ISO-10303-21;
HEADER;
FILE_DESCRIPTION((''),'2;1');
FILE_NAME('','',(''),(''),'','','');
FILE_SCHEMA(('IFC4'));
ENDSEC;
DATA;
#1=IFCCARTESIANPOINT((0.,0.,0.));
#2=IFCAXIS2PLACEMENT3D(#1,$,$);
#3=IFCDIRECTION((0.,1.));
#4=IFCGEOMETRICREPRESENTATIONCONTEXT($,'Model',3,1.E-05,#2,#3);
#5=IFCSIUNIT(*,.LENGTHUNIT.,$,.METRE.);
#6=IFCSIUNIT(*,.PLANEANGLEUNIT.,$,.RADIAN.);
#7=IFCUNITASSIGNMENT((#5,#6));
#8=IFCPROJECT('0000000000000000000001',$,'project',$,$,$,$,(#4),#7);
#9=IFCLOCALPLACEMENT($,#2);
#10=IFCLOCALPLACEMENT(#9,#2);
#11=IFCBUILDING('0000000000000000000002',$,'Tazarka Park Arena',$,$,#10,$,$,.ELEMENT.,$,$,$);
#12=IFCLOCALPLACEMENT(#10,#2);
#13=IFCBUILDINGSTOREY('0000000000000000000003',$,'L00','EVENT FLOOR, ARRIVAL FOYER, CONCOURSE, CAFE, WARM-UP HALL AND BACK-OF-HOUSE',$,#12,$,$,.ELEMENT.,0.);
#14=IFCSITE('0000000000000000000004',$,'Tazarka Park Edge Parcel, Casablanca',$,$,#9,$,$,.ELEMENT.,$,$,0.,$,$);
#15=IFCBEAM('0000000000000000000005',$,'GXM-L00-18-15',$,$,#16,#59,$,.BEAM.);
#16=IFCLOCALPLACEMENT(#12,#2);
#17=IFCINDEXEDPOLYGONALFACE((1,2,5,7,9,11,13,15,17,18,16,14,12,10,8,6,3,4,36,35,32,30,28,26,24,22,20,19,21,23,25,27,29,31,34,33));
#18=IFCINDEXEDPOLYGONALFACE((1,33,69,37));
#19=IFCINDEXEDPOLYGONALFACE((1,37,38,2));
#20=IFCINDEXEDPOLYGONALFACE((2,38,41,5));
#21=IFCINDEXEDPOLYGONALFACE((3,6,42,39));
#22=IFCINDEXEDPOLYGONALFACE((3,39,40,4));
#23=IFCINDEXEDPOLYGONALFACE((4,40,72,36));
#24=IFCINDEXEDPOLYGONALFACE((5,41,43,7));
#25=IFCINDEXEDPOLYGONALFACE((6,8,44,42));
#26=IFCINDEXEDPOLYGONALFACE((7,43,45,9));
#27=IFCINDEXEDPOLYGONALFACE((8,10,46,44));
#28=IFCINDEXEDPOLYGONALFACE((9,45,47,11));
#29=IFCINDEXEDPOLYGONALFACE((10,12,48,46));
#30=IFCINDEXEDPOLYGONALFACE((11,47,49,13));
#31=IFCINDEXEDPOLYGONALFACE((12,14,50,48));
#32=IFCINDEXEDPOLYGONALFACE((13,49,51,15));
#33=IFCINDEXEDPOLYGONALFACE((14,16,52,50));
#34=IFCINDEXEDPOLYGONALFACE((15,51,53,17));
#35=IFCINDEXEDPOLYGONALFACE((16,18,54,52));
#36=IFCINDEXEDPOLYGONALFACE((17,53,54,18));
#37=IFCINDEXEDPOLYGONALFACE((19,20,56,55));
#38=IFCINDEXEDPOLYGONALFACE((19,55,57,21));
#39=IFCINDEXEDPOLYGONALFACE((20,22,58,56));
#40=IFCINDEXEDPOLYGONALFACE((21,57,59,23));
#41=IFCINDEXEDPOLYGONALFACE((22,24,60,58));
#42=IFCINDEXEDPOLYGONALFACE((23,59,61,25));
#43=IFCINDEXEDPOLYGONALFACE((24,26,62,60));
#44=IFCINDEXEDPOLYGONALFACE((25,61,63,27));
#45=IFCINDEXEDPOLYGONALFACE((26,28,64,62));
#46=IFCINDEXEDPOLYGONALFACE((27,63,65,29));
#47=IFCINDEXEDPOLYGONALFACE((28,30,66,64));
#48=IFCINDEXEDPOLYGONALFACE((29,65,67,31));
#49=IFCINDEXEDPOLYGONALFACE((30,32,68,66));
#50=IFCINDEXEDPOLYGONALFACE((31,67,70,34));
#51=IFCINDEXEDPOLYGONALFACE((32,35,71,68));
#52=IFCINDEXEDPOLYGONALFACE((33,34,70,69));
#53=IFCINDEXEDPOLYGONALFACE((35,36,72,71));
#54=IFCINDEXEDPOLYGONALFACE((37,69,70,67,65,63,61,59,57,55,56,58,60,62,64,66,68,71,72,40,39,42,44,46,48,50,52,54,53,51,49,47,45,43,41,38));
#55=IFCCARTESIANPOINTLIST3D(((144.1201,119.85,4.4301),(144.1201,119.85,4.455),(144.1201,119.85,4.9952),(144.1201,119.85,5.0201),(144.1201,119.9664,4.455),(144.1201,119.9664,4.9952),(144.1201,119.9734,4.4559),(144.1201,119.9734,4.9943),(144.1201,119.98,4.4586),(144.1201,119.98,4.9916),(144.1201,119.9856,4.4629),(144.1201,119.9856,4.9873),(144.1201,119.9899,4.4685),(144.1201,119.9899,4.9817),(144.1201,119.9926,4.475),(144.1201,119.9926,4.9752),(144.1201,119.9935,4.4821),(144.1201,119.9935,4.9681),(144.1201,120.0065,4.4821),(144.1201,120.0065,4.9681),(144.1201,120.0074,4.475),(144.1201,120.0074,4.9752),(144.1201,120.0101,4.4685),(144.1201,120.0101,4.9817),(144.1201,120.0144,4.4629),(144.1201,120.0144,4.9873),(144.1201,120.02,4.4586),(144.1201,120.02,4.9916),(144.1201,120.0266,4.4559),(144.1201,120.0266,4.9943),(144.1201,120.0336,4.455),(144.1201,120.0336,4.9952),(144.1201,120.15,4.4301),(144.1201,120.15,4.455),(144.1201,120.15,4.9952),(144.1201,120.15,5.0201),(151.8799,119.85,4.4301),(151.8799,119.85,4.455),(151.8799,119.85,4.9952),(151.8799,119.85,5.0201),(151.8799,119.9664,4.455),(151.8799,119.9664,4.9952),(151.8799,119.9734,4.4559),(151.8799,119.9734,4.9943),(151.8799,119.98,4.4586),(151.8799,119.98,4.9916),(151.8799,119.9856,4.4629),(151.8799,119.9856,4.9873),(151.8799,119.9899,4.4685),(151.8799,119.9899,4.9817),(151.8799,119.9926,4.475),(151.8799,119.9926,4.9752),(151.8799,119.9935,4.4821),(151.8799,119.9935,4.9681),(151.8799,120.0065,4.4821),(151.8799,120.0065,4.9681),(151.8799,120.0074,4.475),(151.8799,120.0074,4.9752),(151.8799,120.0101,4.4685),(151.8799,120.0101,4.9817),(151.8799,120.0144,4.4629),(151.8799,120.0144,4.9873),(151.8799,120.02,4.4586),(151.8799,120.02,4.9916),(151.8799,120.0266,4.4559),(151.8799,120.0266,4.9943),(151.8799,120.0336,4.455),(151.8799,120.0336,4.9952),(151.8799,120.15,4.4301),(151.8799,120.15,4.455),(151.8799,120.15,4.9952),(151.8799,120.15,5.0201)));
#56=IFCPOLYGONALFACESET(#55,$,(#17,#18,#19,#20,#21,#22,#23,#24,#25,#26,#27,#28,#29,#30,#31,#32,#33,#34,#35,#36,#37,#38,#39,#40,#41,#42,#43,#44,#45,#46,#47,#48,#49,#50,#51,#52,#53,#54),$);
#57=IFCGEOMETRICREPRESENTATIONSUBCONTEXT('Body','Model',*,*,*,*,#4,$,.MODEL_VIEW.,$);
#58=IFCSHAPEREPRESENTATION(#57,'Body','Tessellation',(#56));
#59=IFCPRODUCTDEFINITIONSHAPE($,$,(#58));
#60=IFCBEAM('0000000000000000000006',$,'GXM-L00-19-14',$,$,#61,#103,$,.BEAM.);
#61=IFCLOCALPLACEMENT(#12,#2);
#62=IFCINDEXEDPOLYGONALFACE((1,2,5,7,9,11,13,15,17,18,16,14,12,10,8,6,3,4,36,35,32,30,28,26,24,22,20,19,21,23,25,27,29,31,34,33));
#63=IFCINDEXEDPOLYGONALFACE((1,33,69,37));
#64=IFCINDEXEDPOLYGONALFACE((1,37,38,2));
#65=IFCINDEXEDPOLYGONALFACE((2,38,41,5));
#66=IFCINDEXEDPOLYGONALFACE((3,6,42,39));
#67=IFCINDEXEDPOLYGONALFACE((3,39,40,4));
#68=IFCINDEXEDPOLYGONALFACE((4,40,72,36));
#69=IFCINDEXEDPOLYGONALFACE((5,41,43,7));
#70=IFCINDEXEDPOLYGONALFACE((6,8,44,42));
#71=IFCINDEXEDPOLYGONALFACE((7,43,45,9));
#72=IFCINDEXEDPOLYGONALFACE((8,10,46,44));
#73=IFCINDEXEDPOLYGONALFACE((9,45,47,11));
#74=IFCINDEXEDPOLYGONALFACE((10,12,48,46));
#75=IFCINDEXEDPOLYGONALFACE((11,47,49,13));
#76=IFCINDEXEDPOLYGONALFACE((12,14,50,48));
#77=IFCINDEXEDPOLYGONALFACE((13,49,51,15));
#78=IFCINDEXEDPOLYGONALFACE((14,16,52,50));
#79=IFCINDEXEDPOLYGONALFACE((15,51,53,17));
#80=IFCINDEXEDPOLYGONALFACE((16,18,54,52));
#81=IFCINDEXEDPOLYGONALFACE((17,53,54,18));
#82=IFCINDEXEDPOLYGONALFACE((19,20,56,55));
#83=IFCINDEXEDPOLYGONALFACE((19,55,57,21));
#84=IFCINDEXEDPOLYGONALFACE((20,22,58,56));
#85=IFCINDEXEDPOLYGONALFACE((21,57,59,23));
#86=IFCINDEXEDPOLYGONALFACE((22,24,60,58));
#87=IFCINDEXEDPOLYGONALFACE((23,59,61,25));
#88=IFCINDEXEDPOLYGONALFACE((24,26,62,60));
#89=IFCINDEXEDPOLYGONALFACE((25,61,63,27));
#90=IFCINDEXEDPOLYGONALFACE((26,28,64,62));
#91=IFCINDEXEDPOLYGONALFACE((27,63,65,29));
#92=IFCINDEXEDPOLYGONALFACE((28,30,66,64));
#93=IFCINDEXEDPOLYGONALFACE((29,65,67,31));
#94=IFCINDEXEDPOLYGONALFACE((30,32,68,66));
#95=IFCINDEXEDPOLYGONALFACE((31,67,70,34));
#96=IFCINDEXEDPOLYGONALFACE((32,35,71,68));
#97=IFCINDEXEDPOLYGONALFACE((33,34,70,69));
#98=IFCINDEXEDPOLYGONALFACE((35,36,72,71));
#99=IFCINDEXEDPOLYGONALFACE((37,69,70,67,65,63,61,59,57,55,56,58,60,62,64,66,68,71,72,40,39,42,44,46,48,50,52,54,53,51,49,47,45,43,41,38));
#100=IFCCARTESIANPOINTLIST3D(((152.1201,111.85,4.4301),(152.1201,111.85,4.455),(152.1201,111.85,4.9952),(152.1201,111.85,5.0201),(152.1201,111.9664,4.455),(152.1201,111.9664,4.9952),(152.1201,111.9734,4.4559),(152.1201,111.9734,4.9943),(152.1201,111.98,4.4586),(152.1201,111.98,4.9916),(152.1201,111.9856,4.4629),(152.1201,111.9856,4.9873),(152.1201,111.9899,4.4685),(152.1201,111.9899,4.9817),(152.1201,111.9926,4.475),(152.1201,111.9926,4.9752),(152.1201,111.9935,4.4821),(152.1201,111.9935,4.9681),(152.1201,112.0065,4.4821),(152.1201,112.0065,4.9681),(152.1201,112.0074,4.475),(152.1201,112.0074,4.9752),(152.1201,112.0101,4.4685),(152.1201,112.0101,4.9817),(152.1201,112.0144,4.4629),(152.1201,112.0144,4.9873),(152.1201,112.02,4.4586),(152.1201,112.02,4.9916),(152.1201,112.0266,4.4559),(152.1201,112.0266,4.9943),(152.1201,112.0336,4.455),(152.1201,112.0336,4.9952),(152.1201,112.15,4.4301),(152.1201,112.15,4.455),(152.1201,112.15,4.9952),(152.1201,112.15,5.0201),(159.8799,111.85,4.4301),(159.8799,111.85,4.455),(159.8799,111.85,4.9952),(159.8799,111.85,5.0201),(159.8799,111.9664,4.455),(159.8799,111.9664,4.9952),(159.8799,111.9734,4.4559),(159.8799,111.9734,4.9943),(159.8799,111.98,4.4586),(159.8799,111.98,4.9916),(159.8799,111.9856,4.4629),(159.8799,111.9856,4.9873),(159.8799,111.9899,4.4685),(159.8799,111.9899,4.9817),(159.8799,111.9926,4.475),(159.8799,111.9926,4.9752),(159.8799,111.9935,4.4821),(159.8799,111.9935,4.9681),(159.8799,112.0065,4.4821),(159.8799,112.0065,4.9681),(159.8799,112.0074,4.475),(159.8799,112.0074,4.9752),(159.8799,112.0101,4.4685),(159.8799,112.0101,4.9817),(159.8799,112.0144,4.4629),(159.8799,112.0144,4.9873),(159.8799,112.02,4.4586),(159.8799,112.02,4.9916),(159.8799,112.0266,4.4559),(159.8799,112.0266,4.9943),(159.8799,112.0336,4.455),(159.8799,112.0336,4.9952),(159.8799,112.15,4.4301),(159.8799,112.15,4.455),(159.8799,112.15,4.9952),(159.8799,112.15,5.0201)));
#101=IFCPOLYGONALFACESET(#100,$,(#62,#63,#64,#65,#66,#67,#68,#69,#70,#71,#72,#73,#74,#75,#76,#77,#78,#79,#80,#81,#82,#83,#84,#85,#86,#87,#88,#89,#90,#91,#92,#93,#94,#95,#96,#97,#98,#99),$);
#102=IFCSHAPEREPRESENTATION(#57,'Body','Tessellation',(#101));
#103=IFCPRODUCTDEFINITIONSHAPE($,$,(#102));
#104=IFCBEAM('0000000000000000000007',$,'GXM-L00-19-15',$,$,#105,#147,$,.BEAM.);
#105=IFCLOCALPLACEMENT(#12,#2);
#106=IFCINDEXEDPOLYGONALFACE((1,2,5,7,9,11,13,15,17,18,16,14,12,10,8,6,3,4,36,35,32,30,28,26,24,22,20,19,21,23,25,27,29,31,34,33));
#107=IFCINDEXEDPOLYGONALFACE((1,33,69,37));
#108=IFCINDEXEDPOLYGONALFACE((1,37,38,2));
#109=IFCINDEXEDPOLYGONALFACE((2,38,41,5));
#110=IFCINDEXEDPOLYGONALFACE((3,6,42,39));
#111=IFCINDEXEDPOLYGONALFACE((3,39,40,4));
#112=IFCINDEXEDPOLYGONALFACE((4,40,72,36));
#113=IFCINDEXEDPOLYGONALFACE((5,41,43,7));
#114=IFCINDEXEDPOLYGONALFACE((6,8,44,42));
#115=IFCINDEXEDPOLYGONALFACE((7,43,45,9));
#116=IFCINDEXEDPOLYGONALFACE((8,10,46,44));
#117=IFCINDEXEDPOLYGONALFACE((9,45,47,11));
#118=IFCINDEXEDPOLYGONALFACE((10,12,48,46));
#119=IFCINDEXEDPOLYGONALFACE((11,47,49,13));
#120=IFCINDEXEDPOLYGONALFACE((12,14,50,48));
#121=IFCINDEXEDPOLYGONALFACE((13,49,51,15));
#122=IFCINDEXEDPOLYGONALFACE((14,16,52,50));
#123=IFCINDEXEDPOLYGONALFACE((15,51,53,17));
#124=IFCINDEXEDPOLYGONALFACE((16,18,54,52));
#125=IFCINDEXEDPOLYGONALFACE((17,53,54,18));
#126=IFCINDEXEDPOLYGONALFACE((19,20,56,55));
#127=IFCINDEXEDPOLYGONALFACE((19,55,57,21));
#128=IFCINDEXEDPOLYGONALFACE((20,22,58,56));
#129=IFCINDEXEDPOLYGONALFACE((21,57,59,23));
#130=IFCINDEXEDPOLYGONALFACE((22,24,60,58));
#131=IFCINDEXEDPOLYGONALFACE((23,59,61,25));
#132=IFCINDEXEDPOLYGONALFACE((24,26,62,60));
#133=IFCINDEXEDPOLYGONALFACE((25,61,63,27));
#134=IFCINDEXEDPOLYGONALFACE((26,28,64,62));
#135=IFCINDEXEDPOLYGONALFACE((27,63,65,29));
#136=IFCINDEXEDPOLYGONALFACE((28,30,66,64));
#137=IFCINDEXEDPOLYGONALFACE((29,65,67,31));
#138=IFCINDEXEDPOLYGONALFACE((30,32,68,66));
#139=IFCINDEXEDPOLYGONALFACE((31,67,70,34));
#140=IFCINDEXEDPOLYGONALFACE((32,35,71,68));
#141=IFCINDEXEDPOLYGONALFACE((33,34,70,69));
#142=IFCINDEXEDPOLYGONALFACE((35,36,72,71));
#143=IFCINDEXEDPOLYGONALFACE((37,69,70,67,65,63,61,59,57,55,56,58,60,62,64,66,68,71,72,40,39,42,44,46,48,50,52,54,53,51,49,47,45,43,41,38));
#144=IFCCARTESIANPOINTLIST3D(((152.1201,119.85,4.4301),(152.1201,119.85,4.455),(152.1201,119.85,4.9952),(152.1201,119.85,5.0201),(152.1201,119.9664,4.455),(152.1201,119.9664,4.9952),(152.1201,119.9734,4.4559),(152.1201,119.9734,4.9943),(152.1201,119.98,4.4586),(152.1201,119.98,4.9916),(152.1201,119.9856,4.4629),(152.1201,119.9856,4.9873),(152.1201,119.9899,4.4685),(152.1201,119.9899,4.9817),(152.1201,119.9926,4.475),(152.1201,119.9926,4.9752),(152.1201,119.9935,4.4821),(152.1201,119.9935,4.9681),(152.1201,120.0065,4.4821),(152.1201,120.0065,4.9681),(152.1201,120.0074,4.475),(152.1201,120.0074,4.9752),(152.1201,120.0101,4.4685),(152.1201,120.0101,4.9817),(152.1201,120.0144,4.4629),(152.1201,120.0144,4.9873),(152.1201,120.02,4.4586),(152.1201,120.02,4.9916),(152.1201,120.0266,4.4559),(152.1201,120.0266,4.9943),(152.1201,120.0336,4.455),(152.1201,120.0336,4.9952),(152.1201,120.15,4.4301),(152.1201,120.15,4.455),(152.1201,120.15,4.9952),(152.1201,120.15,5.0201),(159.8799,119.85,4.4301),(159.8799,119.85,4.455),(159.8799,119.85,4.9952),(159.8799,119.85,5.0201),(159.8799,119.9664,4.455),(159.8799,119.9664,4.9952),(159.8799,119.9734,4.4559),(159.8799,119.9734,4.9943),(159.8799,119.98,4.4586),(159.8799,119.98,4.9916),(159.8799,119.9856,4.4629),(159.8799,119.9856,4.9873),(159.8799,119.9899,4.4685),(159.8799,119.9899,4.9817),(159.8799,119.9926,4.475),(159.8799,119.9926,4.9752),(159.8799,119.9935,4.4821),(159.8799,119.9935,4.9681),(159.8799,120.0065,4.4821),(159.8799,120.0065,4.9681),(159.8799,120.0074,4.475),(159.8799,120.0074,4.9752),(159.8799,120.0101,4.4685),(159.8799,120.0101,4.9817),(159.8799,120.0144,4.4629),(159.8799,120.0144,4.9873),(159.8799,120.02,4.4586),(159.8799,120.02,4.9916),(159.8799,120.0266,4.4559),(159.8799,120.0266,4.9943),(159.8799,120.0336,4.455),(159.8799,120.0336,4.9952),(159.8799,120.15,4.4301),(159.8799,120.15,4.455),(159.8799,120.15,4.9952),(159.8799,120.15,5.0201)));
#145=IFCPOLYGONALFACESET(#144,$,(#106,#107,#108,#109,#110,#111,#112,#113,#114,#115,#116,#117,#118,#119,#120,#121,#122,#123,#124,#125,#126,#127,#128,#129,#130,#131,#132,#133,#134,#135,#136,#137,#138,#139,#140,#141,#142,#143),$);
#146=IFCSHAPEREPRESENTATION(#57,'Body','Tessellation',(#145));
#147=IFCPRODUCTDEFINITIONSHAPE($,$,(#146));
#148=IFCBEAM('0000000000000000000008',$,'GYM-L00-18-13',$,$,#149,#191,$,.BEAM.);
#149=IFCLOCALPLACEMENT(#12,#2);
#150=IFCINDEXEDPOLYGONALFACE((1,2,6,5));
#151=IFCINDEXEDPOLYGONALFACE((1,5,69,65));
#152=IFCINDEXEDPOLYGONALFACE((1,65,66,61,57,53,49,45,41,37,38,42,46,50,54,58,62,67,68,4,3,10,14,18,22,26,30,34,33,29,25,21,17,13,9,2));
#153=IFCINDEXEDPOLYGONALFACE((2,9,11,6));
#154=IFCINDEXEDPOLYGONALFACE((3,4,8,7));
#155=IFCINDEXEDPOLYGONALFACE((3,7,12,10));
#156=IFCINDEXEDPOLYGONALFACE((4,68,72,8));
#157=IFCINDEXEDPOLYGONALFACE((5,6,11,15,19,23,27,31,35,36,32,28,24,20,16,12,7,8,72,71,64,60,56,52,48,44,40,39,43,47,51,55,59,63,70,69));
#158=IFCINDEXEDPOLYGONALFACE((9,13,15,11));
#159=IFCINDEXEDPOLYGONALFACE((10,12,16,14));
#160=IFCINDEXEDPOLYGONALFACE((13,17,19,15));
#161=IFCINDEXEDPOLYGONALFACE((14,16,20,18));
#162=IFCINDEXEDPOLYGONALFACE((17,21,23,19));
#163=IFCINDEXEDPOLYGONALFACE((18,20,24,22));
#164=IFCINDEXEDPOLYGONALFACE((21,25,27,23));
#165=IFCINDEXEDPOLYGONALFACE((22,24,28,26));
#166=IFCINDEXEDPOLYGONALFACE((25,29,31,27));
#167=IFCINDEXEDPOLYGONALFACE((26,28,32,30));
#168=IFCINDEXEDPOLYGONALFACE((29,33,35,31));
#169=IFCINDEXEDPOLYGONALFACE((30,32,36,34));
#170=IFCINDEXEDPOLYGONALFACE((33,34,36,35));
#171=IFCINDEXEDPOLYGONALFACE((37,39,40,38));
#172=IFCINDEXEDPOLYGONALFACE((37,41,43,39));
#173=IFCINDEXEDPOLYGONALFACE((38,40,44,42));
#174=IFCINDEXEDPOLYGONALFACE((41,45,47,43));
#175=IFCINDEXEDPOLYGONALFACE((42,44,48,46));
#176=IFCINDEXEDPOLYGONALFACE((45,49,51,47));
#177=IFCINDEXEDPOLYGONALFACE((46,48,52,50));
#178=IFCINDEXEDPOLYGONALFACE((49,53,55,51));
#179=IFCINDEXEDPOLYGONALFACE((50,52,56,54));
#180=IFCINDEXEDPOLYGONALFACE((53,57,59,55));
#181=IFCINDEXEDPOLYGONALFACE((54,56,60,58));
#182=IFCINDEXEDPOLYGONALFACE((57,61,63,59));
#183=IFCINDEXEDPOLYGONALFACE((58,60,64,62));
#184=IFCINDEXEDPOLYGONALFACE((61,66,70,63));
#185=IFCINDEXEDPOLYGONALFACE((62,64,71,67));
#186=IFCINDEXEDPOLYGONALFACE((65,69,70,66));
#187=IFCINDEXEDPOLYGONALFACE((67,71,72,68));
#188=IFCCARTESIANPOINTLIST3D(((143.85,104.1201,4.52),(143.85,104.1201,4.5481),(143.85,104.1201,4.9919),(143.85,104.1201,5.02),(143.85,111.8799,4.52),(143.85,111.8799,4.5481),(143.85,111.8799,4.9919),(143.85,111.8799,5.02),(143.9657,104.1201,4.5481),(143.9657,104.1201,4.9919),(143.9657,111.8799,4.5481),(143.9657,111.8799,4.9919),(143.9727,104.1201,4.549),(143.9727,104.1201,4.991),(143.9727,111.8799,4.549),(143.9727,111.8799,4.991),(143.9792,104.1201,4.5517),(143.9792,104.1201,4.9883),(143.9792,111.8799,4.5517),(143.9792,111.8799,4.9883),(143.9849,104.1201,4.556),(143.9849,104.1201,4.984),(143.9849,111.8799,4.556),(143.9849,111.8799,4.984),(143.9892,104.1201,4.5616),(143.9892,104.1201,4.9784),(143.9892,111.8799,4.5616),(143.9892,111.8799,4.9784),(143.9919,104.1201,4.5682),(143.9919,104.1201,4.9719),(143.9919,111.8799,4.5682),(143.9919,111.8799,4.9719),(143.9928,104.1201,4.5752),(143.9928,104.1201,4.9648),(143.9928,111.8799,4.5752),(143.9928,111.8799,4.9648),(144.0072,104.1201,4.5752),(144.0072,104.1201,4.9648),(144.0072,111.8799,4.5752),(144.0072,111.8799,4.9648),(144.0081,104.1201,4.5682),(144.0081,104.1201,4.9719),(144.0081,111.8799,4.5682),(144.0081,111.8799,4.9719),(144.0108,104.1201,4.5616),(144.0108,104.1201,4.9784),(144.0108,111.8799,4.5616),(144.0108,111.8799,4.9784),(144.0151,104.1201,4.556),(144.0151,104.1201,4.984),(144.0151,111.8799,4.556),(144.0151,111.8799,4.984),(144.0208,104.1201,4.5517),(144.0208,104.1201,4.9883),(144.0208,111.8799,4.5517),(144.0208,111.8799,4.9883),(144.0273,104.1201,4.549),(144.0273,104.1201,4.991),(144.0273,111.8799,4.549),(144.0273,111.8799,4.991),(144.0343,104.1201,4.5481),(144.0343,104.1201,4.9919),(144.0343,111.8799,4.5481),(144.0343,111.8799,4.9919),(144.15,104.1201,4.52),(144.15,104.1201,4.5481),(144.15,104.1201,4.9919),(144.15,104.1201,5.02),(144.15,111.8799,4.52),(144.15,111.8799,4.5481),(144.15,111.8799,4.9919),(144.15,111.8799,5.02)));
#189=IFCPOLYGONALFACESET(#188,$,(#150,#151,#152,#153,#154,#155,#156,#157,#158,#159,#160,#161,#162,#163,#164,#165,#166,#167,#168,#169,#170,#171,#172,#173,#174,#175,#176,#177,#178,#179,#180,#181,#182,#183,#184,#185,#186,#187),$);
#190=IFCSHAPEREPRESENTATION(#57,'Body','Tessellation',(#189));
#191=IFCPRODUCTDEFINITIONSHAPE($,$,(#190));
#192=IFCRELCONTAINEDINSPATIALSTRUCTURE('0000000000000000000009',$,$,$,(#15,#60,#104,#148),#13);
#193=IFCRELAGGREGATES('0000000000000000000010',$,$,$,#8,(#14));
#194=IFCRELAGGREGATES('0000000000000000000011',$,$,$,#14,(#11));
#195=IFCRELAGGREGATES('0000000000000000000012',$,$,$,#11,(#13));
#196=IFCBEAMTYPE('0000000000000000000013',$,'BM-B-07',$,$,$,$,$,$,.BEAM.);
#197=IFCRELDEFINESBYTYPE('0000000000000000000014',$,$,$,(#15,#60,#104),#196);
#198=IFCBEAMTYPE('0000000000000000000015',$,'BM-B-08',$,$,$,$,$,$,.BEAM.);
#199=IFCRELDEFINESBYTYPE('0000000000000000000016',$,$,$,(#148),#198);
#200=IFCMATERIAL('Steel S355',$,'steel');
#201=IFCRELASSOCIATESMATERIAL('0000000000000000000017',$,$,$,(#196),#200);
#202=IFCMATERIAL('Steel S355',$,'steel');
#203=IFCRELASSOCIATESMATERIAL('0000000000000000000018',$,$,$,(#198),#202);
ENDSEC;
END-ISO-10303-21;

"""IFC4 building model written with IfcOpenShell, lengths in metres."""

from ifc_helpers import new_model, si_unit, direction, frame, origin, origin_2d, place, context, subcontext, project, spatial, i_section, extrude, material, material_profile, profile_set, type_object, element, save


model = new_model("IFC4")

# Units and contexts
model_context = context("Model", 3, precision=1e-05, world=origin(), true_north=direction((0.0, 1.0)))
body_context = subcontext(model_context, "Body", "Model", "MODEL_VIEW")
ifc_project = project(units=[si_unit("LENGTHUNIT", "METRE"), si_unit("PLANEANGLEUNIT", "RADIAN")], contexts=[model_context])

# Site, building, storey
site_placement = place(None, origin())
site = spatial("IfcSite", under=ifc_project, at=site_placement, Name="Tazarka Park Edge Parcel, Casablanca", CompositionType="ELEMENT", RefElevation=0.0)
building_placement = place(site_placement, origin())
building = spatial("IfcBuilding", under=site, at=building_placement, Name="Tazarka Park Arena", CompositionType="ELEMENT")
storey_placement = place(building_placement, origin())
storey = spatial("IfcBuildingStorey", under=building, at=storey_placement, Name="L00", Description="EVENT FLOOR, ARRIVAL FOYER, CONCOURSE, CAFE, WARM-UP HALL AND BACK-OF-HOUSE", CompositionType="ELEMENT", Elevation=0.0)

# Beams
ifc_material_1 = material(Name="Steel S355", Category="steel")
ifc_material_profile_1 = material_profile(ifc_material_1, i_section(OverallWidth=0.3, OverallDepth=0.5901, WebThickness=0.0129, FlangeThickness=0.0249, FilletRadius=0.0271, at=origin_2d()), Name="Steel S355")
ifc_profile_set_1 = profile_set([ifc_material_profile_1], Name="Steel S355")
beam_type_1 = type_object("IfcBeamType", Name="BM-B-07", PredefinedType="BEAM", material=ifc_profile_set_1)
for number, where, z_axis, x_axis, name in (
    (1, (144.1201, 120.0, 4.7251), (1.0, 0.0, 0.0), (0.0, 1.0, 0.0), "GXM-L00-18-15"),
    (2, (152.1201, 112.0, 4.7251), (1.0, 0.0, 0.0), (0.0, 1.0, 0.0), "GXM-L00-19-14"),
    (3, (152.1201, 120.0, 4.7251), (1.0, 0.0, 0.0), (0.0, 1.0, 0.0), "GXM-L00-19-15"),
):
    element("IfcBeam", number, at=place(storey_placement, frame(where, z_axis=z_axis, x_axis=x_axis)), inside=storey, type_object=beam_type_1, Name=name, PredefinedType="BEAM", context=body_context, shape_type="SweptSolid", body=[
        extrude(i_section(OverallWidth=0.3, OverallDepth=0.5901, WebThickness=0.0129, FlangeThickness=0.0249, FilletRadius=0.0271, at=origin_2d()), origin(), (0.0, 0.0, 1.0), 7.7598),
    ])
ifc_material_2 = material(Name="Steel S355", Category="steel")
ifc_material_profile_2 = material_profile(ifc_material_2, i_section(OverallWidth=0.3, OverallDepth=0.5, WebThickness=0.0144, FlangeThickness=0.0281, FilletRadius=0.0271, at=origin_2d()), Name="Steel S355")
ifc_profile_set_2 = profile_set([ifc_material_profile_2], Name="Steel S355")
beam_type_2 = type_object("IfcBeamType", Name="BM-B-08", PredefinedType="BEAM", material=ifc_profile_set_2)
for number, where, z_axis, x_axis, name in (
    (4, (144.0, 104.1201, 4.77), (0.0, 1.0, 0.0), (-1.0, 0.0, 0.0), "GYM-L00-18-13"),
):
    element("IfcBeam", number, at=place(storey_placement, frame(where, z_axis=z_axis, x_axis=x_axis)), inside=storey, type_object=beam_type_2, Name=name, PredefinedType="BEAM", context=body_context, shape_type="SweptSolid", body=[
        extrude(i_section(OverallWidth=0.3, OverallDepth=0.5, WebThickness=0.0144, FlangeThickness=0.0281, FilletRadius=0.0271, at=origin_2d()), origin(), (0.0, 0.0, 1.0), 7.7598),
    ])

save(model, "model.ifc")
